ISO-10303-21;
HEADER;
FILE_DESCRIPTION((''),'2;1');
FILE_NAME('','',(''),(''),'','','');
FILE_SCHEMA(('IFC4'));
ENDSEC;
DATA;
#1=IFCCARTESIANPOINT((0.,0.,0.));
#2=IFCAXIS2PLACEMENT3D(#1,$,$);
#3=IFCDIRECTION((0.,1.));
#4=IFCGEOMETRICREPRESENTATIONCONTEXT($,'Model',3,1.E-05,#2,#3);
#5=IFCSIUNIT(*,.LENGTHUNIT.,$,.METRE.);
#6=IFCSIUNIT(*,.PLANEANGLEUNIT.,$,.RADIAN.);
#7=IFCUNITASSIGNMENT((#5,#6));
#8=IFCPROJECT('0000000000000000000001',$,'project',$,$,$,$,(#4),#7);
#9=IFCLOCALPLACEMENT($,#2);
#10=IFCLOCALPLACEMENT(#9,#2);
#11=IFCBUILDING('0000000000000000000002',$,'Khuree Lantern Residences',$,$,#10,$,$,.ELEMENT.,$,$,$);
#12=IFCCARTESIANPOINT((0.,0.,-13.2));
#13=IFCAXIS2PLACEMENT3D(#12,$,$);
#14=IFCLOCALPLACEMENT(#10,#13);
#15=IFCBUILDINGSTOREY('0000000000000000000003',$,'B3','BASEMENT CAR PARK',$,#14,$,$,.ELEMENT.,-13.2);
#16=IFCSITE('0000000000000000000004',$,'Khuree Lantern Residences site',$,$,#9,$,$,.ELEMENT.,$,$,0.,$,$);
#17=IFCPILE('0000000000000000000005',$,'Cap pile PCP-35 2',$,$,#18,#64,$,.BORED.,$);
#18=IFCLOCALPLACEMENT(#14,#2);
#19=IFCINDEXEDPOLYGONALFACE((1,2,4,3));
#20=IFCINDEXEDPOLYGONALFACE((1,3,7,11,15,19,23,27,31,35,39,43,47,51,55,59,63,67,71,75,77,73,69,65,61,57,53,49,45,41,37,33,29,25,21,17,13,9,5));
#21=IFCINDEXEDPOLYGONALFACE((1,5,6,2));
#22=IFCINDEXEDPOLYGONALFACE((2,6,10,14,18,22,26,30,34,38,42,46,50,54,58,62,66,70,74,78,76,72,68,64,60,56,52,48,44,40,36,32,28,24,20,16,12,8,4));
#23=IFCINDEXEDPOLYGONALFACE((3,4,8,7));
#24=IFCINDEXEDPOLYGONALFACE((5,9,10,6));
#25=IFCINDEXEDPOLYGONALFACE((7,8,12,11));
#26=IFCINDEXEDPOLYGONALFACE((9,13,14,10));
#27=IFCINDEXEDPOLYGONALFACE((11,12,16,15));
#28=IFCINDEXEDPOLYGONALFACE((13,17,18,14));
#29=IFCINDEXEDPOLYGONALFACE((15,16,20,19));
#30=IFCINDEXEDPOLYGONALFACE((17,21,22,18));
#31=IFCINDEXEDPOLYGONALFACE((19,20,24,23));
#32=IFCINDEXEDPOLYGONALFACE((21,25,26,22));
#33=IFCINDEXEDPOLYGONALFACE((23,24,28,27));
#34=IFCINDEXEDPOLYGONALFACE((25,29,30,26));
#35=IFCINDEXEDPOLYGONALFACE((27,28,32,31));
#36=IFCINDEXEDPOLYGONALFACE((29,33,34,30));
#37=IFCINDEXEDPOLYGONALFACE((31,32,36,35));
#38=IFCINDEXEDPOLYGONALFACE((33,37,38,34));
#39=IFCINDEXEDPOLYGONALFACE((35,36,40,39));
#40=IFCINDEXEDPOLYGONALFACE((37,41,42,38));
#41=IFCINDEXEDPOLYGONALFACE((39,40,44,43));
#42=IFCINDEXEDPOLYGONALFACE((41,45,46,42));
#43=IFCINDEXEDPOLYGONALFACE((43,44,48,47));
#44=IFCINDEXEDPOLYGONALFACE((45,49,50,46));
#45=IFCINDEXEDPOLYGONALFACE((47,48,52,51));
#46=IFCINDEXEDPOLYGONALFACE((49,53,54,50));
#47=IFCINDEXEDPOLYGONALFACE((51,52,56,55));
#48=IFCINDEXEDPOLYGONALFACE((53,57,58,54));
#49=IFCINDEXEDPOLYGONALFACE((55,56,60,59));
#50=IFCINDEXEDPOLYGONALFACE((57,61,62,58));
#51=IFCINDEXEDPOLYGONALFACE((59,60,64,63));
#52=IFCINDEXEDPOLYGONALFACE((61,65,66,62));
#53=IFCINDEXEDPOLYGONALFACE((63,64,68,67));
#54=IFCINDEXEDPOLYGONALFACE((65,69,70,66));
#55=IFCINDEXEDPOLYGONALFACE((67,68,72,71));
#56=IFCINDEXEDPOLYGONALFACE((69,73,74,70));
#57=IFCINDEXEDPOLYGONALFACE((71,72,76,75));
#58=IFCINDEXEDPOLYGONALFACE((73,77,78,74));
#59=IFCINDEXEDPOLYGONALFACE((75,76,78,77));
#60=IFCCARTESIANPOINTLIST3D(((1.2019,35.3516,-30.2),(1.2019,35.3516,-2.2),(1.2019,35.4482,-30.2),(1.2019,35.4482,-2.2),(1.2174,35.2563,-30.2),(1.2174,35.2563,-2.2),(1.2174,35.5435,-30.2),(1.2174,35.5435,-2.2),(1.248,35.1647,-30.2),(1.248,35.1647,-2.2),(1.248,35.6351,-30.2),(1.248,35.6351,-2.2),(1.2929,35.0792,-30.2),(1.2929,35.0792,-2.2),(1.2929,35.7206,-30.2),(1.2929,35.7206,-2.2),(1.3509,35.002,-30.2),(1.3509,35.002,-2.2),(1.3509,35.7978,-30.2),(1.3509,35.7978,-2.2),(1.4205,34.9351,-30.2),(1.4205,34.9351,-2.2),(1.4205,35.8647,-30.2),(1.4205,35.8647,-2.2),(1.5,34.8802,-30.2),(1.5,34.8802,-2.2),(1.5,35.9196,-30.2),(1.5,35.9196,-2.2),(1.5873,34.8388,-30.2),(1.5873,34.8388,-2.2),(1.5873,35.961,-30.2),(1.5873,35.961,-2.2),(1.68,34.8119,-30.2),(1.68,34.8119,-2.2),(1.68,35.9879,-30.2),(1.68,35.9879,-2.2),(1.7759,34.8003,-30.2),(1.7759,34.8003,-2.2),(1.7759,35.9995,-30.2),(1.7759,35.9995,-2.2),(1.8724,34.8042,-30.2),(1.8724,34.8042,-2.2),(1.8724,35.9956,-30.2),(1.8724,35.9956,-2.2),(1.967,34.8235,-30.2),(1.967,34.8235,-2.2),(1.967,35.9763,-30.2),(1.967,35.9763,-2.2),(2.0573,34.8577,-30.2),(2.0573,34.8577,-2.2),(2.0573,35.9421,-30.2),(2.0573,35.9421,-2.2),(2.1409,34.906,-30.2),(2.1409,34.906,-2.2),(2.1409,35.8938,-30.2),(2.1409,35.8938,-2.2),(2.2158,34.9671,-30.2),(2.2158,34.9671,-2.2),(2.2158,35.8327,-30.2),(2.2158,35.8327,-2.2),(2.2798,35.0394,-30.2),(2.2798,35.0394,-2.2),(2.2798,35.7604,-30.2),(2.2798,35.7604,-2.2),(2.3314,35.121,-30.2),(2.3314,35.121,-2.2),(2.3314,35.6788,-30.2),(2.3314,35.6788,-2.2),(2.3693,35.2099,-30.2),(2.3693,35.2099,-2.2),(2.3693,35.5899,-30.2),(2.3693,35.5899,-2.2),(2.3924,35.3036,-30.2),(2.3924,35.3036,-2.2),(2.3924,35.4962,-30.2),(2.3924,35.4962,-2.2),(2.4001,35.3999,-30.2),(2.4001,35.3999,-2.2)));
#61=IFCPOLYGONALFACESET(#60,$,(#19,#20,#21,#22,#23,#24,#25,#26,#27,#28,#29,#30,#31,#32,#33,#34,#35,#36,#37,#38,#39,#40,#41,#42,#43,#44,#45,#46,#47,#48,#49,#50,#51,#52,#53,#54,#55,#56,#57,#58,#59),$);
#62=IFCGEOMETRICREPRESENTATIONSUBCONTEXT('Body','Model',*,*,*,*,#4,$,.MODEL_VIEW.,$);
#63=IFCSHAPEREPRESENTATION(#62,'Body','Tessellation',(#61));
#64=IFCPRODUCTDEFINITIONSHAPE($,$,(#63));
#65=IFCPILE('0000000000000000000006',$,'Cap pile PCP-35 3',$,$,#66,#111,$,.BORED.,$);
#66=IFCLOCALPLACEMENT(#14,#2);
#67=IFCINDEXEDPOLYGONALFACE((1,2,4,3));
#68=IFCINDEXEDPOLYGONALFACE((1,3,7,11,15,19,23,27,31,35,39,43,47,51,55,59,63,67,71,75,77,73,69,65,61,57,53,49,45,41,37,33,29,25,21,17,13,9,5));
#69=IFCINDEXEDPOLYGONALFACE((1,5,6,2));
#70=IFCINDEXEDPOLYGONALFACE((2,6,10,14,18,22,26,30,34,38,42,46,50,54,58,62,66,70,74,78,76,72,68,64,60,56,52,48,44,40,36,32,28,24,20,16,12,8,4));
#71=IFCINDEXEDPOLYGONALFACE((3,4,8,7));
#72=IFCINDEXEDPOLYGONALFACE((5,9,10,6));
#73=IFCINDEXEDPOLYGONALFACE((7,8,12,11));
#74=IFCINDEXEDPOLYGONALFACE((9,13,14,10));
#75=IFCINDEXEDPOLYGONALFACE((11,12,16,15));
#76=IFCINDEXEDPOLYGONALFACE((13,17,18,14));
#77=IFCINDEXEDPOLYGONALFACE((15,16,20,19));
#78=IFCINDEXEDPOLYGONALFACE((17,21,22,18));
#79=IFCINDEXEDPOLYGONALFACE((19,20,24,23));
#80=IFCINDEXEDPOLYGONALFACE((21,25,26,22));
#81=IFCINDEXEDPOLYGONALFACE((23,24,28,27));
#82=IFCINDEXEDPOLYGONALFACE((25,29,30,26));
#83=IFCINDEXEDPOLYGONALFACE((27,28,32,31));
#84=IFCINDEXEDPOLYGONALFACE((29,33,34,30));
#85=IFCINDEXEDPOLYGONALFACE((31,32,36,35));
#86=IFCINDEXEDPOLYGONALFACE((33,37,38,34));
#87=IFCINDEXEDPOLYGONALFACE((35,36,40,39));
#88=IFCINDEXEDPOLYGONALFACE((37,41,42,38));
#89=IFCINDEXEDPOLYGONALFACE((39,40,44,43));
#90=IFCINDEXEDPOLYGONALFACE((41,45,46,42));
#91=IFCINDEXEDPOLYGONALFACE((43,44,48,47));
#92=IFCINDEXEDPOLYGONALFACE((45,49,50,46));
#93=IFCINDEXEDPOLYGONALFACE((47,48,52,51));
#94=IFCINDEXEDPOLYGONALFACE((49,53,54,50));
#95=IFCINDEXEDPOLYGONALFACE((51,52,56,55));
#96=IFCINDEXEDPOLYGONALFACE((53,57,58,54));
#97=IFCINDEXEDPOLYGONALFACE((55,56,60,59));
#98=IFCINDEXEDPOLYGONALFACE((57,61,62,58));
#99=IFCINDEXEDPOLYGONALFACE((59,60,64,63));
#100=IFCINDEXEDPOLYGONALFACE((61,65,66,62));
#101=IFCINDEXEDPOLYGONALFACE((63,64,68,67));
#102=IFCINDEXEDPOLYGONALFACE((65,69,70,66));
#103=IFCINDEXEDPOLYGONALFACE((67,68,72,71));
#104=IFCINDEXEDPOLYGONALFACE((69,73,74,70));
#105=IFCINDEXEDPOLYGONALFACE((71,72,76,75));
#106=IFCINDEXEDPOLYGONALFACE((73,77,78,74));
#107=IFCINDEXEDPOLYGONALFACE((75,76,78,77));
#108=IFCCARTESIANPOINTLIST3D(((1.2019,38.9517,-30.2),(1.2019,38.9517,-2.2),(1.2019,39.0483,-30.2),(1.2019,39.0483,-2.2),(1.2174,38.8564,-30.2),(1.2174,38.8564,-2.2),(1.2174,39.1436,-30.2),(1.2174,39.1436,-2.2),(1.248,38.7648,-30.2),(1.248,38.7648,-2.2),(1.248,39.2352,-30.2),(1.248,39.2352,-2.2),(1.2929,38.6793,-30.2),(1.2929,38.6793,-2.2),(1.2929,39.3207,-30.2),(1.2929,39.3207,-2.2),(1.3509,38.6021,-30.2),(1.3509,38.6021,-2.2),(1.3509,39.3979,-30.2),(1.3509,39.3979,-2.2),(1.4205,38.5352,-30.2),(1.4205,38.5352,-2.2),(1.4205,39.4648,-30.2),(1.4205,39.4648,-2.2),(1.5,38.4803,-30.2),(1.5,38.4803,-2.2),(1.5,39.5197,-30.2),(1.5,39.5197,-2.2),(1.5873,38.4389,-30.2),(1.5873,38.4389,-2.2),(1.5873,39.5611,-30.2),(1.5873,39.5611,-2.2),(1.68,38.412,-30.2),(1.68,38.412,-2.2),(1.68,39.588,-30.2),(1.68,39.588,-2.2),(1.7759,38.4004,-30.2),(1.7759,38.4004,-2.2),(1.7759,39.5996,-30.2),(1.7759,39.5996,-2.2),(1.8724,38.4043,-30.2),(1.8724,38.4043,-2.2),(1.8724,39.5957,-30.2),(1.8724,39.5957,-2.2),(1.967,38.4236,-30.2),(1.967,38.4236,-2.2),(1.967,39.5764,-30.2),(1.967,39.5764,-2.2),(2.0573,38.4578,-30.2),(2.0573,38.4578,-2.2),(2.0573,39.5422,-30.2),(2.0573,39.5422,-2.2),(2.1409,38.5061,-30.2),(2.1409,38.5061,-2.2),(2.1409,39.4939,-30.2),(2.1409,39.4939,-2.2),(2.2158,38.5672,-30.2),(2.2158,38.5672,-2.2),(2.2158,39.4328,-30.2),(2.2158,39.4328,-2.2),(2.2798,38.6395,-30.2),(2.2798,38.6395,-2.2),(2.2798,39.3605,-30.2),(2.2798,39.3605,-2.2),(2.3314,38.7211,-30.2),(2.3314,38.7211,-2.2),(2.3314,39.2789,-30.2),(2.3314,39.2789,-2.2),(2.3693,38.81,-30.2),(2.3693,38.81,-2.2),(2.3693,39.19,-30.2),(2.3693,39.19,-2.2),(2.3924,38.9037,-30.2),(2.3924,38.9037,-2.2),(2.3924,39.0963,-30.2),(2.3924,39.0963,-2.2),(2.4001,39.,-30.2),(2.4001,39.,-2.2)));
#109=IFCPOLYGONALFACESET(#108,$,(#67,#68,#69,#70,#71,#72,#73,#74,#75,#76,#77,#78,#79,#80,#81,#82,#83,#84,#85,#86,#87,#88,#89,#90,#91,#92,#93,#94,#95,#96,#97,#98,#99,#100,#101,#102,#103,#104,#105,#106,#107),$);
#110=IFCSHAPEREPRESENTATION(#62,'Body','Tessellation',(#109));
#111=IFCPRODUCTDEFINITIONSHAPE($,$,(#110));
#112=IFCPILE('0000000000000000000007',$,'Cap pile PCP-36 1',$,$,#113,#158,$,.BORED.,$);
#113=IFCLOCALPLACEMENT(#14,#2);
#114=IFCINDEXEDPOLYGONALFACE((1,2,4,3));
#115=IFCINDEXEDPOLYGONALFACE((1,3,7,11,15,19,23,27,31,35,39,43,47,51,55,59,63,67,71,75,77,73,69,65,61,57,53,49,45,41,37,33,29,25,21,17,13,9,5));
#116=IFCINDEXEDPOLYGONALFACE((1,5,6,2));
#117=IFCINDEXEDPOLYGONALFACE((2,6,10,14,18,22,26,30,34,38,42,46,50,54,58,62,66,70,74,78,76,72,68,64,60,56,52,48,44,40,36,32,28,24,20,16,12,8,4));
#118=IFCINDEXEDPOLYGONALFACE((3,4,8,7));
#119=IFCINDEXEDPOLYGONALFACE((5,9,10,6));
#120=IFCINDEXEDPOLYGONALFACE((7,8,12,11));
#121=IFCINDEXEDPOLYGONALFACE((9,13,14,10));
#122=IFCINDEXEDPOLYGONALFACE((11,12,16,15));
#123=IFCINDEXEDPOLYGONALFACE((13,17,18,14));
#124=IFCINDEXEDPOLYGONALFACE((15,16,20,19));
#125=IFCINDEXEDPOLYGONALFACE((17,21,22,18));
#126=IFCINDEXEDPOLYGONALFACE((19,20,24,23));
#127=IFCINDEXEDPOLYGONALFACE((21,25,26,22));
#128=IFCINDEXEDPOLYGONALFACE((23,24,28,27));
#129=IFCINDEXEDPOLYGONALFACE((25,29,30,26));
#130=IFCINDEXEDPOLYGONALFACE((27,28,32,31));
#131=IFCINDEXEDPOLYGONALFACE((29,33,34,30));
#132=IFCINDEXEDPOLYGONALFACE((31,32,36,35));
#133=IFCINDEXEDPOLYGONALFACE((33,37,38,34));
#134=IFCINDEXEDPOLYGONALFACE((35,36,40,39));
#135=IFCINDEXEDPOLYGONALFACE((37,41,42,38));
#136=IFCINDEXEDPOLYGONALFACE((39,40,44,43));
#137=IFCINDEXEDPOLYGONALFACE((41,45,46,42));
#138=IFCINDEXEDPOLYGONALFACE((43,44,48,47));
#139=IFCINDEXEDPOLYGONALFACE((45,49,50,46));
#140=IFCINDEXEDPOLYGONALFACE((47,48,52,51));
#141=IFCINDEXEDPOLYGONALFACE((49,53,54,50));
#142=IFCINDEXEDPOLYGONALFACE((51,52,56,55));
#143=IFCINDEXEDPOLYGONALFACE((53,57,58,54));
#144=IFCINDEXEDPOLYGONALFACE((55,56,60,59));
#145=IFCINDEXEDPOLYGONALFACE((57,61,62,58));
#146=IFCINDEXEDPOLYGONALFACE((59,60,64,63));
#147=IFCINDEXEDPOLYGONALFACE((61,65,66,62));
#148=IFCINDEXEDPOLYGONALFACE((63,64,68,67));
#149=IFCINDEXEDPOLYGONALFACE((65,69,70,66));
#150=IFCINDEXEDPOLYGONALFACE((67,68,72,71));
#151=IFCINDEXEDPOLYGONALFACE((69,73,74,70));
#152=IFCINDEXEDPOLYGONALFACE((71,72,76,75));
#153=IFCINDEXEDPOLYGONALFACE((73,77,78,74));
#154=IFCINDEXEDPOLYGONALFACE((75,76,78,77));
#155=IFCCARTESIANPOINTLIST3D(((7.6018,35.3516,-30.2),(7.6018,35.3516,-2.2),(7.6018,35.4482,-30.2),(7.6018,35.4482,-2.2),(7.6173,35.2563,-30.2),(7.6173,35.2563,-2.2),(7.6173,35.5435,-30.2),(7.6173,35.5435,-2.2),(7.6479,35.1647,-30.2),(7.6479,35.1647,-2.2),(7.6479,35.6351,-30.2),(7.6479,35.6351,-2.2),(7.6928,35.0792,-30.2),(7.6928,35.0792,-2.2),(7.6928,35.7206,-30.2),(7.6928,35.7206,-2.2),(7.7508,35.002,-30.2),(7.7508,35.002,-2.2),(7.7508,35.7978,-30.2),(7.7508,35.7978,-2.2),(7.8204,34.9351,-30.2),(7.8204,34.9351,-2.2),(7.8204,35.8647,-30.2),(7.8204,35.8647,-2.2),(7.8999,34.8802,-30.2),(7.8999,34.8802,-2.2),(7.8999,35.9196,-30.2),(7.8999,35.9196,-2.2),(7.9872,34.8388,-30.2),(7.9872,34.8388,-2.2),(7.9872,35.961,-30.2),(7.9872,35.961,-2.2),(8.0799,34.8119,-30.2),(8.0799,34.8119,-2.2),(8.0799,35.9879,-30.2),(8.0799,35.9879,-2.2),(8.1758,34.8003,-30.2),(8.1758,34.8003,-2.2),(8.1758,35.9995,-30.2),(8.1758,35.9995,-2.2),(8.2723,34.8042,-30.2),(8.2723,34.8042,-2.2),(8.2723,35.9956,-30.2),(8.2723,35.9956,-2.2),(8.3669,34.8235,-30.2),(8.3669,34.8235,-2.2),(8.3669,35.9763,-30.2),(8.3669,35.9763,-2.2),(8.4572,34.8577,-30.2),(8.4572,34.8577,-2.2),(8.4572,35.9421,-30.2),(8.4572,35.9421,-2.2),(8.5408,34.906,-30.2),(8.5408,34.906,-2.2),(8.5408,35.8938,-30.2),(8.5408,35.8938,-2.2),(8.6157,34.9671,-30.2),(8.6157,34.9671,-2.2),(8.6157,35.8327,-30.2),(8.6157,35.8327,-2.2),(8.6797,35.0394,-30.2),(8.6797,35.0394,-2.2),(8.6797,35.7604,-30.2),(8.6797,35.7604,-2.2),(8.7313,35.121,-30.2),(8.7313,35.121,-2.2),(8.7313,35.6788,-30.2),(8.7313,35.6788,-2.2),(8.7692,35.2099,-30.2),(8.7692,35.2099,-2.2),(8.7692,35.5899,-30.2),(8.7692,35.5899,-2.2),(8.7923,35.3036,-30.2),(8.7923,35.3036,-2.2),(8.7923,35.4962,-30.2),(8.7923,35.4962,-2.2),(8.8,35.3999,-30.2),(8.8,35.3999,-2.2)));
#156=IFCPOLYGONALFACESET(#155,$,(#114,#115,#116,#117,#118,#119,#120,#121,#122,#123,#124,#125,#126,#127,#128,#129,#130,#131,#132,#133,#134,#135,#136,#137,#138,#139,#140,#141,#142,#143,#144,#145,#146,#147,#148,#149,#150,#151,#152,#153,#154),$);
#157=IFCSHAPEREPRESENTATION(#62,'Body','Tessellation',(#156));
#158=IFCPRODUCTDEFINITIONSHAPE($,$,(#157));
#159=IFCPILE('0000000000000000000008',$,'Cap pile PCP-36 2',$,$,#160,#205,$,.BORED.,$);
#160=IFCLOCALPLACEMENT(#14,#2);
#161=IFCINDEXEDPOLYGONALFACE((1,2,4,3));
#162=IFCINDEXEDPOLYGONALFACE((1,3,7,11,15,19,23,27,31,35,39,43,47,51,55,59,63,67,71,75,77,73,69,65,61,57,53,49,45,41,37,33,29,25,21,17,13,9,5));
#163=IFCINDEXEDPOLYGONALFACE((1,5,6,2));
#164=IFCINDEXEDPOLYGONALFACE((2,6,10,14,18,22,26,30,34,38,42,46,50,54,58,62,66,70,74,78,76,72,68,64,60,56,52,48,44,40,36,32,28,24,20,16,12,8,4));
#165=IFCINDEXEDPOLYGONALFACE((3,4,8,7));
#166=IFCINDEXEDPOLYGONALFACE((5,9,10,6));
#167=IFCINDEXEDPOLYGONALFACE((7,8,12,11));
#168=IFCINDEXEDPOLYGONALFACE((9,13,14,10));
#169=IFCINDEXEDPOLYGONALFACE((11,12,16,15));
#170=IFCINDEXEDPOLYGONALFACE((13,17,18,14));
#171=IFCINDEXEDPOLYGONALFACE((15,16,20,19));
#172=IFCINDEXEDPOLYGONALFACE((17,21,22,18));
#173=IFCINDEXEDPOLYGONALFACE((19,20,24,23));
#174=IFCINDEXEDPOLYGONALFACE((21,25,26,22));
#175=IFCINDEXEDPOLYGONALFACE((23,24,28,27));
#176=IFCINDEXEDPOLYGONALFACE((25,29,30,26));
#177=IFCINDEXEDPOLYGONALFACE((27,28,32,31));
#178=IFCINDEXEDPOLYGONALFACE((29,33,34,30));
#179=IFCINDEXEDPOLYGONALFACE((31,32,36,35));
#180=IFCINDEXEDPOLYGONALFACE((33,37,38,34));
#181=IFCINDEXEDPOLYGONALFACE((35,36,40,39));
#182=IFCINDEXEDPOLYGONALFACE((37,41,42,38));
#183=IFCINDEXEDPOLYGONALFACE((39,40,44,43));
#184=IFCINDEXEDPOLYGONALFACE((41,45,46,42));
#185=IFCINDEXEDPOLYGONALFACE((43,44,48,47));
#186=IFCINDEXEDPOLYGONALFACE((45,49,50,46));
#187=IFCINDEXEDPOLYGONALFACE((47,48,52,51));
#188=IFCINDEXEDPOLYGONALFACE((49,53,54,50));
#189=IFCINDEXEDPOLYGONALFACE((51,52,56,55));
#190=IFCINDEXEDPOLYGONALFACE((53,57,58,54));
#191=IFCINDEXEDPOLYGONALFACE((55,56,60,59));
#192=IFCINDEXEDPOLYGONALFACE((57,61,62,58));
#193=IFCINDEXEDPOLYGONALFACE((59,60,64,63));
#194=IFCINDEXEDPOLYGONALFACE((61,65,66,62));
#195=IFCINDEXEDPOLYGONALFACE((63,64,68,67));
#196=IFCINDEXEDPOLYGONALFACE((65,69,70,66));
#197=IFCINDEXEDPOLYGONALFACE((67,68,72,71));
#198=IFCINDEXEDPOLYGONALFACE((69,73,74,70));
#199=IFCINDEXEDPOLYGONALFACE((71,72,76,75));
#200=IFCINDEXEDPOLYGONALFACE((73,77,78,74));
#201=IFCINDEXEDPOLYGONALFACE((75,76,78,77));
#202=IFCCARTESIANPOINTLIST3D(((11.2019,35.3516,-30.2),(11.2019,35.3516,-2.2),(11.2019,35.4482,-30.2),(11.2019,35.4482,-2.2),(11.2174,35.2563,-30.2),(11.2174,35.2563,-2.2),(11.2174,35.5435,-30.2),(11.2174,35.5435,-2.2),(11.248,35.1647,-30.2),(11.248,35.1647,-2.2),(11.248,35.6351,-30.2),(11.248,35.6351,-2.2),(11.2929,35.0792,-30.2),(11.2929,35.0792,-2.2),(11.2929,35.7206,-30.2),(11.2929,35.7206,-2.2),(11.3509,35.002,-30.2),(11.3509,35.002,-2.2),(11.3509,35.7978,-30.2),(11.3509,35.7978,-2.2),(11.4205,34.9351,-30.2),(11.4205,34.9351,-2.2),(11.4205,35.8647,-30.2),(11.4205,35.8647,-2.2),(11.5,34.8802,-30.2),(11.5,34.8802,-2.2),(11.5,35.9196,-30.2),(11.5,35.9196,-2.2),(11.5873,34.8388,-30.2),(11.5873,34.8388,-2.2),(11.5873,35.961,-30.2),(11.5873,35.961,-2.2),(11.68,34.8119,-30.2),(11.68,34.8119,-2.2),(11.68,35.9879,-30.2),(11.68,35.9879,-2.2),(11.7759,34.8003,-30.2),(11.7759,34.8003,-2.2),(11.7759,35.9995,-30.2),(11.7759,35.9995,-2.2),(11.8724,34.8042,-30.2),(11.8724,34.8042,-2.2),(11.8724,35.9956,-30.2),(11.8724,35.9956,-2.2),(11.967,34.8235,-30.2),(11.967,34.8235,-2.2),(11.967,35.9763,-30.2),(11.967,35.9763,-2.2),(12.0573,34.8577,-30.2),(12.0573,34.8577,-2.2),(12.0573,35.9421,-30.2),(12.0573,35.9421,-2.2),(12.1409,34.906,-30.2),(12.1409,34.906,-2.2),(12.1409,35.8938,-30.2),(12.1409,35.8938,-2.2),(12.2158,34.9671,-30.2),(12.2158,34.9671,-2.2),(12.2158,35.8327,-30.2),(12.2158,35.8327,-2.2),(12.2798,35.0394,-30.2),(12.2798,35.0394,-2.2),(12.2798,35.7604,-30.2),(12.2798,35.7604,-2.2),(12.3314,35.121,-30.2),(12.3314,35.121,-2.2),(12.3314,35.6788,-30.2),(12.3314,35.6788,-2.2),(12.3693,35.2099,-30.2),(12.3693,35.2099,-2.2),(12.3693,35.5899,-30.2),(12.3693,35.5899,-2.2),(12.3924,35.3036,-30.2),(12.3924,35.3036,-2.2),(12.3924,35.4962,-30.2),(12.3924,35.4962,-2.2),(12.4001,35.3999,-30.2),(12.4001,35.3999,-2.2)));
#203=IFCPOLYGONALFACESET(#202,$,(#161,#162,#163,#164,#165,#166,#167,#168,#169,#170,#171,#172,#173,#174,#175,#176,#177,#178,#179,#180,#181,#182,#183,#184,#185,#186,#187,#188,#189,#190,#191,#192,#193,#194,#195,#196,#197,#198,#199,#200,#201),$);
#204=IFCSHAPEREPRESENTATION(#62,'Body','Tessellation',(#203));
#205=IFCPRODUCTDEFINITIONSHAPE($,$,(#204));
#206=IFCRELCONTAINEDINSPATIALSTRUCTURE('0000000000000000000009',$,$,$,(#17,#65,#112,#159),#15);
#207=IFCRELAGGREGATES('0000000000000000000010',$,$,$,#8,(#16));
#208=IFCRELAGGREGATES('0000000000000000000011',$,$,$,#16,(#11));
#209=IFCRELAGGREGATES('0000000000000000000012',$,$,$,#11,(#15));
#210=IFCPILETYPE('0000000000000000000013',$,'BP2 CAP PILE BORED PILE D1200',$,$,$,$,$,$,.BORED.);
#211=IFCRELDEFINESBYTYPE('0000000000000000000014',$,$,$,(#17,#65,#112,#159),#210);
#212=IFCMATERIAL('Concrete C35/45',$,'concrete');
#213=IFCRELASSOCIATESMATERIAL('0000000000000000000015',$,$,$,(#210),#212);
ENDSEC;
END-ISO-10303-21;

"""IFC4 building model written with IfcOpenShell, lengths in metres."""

from ifc_helpers import new_model, si_unit, direction, frame, origin, origin_2d, place, context, subcontext, project, spatial, circle, extrude, material, material_profile, profile_set, type_object, element, save


model = new_model("IFC4")

# Units and contexts
model_context = context("Model", 3, precision=1e-05, world=origin(), true_north=direction((0.0, 1.0)))
body_context = subcontext(model_context, "Body", "Model", "MODEL_VIEW")
ifc_project = project(units=[si_unit("LENGTHUNIT", "METRE"), si_unit("PLANEANGLEUNIT", "RADIAN")], contexts=[model_context])

# Site, building, storey
site_placement = place(None, origin())
site = spatial("IfcSite", under=ifc_project, at=site_placement, Name="Khuree Lantern Residences site", CompositionType="ELEMENT", RefElevation=0.0)
building_placement = place(site_placement, origin())
building = spatial("IfcBuilding", under=site, at=building_placement, Name="Khuree Lantern Residences", CompositionType="ELEMENT")
storey_placement = place(building_placement, frame((0.0, 0.0, -13.2)))
storey = spatial("IfcBuildingStorey", under=building, at=storey_placement, Name="B3", Description="BASEMENT CAR PARK", CompositionType="ELEMENT", Elevation=-13.2)

# Piles
ifc_material_1 = material(Name="Concrete C35/45", Category="concrete")
ifc_material_profile_1 = material_profile(ifc_material_1, circle(Radius=0.6001, at=origin_2d()), Name="BORED PILE D1200")
ifc_profile_set_1 = profile_set([ifc_material_profile_1], Name="Concrete C35/45")
pile_type_1 = type_object("IfcPileType", Name="BP2 CAP PILE BORED PILE D1200", PredefinedType="BORED", material=ifc_profile_set_1)
for number, where, z_axis, x_axis, name in (
    (1, (1.8, 35.3999, -2.2), (0.0, 0.0, -1.0), (1.0, 0.0, 0.0), "Cap pile PCP-35 2"),
    (2, (1.8, 39.0, -2.2), (0.0, 0.0, -1.0), (1.0, 0.0, 0.0), "Cap pile PCP-35 3"),
    (3, (8.2, 35.3999, -2.2), (0.0, 0.0, -1.0), (1.0, 0.0, 0.0), "Cap pile PCP-36 1"),
    (4, (11.8, 35.3999, -2.2), (0.0, 0.0, -1.0), (1.0, 0.0, 0.0), "Cap pile PCP-36 2"),
):
    element("IfcPile", number, at=place(storey_placement, frame(where, z_axis=z_axis, x_axis=x_axis)), inside=storey, type_object=pile_type_1, Name=name, PredefinedType="BORED", context=body_context, shape_type="SweptSolid", body=[
        extrude(circle(Radius=0.6001, at=origin_2d()), origin(), (0.0, 0.0, 1.0), 28.0),
    ])

save(model, "model.ifc")
